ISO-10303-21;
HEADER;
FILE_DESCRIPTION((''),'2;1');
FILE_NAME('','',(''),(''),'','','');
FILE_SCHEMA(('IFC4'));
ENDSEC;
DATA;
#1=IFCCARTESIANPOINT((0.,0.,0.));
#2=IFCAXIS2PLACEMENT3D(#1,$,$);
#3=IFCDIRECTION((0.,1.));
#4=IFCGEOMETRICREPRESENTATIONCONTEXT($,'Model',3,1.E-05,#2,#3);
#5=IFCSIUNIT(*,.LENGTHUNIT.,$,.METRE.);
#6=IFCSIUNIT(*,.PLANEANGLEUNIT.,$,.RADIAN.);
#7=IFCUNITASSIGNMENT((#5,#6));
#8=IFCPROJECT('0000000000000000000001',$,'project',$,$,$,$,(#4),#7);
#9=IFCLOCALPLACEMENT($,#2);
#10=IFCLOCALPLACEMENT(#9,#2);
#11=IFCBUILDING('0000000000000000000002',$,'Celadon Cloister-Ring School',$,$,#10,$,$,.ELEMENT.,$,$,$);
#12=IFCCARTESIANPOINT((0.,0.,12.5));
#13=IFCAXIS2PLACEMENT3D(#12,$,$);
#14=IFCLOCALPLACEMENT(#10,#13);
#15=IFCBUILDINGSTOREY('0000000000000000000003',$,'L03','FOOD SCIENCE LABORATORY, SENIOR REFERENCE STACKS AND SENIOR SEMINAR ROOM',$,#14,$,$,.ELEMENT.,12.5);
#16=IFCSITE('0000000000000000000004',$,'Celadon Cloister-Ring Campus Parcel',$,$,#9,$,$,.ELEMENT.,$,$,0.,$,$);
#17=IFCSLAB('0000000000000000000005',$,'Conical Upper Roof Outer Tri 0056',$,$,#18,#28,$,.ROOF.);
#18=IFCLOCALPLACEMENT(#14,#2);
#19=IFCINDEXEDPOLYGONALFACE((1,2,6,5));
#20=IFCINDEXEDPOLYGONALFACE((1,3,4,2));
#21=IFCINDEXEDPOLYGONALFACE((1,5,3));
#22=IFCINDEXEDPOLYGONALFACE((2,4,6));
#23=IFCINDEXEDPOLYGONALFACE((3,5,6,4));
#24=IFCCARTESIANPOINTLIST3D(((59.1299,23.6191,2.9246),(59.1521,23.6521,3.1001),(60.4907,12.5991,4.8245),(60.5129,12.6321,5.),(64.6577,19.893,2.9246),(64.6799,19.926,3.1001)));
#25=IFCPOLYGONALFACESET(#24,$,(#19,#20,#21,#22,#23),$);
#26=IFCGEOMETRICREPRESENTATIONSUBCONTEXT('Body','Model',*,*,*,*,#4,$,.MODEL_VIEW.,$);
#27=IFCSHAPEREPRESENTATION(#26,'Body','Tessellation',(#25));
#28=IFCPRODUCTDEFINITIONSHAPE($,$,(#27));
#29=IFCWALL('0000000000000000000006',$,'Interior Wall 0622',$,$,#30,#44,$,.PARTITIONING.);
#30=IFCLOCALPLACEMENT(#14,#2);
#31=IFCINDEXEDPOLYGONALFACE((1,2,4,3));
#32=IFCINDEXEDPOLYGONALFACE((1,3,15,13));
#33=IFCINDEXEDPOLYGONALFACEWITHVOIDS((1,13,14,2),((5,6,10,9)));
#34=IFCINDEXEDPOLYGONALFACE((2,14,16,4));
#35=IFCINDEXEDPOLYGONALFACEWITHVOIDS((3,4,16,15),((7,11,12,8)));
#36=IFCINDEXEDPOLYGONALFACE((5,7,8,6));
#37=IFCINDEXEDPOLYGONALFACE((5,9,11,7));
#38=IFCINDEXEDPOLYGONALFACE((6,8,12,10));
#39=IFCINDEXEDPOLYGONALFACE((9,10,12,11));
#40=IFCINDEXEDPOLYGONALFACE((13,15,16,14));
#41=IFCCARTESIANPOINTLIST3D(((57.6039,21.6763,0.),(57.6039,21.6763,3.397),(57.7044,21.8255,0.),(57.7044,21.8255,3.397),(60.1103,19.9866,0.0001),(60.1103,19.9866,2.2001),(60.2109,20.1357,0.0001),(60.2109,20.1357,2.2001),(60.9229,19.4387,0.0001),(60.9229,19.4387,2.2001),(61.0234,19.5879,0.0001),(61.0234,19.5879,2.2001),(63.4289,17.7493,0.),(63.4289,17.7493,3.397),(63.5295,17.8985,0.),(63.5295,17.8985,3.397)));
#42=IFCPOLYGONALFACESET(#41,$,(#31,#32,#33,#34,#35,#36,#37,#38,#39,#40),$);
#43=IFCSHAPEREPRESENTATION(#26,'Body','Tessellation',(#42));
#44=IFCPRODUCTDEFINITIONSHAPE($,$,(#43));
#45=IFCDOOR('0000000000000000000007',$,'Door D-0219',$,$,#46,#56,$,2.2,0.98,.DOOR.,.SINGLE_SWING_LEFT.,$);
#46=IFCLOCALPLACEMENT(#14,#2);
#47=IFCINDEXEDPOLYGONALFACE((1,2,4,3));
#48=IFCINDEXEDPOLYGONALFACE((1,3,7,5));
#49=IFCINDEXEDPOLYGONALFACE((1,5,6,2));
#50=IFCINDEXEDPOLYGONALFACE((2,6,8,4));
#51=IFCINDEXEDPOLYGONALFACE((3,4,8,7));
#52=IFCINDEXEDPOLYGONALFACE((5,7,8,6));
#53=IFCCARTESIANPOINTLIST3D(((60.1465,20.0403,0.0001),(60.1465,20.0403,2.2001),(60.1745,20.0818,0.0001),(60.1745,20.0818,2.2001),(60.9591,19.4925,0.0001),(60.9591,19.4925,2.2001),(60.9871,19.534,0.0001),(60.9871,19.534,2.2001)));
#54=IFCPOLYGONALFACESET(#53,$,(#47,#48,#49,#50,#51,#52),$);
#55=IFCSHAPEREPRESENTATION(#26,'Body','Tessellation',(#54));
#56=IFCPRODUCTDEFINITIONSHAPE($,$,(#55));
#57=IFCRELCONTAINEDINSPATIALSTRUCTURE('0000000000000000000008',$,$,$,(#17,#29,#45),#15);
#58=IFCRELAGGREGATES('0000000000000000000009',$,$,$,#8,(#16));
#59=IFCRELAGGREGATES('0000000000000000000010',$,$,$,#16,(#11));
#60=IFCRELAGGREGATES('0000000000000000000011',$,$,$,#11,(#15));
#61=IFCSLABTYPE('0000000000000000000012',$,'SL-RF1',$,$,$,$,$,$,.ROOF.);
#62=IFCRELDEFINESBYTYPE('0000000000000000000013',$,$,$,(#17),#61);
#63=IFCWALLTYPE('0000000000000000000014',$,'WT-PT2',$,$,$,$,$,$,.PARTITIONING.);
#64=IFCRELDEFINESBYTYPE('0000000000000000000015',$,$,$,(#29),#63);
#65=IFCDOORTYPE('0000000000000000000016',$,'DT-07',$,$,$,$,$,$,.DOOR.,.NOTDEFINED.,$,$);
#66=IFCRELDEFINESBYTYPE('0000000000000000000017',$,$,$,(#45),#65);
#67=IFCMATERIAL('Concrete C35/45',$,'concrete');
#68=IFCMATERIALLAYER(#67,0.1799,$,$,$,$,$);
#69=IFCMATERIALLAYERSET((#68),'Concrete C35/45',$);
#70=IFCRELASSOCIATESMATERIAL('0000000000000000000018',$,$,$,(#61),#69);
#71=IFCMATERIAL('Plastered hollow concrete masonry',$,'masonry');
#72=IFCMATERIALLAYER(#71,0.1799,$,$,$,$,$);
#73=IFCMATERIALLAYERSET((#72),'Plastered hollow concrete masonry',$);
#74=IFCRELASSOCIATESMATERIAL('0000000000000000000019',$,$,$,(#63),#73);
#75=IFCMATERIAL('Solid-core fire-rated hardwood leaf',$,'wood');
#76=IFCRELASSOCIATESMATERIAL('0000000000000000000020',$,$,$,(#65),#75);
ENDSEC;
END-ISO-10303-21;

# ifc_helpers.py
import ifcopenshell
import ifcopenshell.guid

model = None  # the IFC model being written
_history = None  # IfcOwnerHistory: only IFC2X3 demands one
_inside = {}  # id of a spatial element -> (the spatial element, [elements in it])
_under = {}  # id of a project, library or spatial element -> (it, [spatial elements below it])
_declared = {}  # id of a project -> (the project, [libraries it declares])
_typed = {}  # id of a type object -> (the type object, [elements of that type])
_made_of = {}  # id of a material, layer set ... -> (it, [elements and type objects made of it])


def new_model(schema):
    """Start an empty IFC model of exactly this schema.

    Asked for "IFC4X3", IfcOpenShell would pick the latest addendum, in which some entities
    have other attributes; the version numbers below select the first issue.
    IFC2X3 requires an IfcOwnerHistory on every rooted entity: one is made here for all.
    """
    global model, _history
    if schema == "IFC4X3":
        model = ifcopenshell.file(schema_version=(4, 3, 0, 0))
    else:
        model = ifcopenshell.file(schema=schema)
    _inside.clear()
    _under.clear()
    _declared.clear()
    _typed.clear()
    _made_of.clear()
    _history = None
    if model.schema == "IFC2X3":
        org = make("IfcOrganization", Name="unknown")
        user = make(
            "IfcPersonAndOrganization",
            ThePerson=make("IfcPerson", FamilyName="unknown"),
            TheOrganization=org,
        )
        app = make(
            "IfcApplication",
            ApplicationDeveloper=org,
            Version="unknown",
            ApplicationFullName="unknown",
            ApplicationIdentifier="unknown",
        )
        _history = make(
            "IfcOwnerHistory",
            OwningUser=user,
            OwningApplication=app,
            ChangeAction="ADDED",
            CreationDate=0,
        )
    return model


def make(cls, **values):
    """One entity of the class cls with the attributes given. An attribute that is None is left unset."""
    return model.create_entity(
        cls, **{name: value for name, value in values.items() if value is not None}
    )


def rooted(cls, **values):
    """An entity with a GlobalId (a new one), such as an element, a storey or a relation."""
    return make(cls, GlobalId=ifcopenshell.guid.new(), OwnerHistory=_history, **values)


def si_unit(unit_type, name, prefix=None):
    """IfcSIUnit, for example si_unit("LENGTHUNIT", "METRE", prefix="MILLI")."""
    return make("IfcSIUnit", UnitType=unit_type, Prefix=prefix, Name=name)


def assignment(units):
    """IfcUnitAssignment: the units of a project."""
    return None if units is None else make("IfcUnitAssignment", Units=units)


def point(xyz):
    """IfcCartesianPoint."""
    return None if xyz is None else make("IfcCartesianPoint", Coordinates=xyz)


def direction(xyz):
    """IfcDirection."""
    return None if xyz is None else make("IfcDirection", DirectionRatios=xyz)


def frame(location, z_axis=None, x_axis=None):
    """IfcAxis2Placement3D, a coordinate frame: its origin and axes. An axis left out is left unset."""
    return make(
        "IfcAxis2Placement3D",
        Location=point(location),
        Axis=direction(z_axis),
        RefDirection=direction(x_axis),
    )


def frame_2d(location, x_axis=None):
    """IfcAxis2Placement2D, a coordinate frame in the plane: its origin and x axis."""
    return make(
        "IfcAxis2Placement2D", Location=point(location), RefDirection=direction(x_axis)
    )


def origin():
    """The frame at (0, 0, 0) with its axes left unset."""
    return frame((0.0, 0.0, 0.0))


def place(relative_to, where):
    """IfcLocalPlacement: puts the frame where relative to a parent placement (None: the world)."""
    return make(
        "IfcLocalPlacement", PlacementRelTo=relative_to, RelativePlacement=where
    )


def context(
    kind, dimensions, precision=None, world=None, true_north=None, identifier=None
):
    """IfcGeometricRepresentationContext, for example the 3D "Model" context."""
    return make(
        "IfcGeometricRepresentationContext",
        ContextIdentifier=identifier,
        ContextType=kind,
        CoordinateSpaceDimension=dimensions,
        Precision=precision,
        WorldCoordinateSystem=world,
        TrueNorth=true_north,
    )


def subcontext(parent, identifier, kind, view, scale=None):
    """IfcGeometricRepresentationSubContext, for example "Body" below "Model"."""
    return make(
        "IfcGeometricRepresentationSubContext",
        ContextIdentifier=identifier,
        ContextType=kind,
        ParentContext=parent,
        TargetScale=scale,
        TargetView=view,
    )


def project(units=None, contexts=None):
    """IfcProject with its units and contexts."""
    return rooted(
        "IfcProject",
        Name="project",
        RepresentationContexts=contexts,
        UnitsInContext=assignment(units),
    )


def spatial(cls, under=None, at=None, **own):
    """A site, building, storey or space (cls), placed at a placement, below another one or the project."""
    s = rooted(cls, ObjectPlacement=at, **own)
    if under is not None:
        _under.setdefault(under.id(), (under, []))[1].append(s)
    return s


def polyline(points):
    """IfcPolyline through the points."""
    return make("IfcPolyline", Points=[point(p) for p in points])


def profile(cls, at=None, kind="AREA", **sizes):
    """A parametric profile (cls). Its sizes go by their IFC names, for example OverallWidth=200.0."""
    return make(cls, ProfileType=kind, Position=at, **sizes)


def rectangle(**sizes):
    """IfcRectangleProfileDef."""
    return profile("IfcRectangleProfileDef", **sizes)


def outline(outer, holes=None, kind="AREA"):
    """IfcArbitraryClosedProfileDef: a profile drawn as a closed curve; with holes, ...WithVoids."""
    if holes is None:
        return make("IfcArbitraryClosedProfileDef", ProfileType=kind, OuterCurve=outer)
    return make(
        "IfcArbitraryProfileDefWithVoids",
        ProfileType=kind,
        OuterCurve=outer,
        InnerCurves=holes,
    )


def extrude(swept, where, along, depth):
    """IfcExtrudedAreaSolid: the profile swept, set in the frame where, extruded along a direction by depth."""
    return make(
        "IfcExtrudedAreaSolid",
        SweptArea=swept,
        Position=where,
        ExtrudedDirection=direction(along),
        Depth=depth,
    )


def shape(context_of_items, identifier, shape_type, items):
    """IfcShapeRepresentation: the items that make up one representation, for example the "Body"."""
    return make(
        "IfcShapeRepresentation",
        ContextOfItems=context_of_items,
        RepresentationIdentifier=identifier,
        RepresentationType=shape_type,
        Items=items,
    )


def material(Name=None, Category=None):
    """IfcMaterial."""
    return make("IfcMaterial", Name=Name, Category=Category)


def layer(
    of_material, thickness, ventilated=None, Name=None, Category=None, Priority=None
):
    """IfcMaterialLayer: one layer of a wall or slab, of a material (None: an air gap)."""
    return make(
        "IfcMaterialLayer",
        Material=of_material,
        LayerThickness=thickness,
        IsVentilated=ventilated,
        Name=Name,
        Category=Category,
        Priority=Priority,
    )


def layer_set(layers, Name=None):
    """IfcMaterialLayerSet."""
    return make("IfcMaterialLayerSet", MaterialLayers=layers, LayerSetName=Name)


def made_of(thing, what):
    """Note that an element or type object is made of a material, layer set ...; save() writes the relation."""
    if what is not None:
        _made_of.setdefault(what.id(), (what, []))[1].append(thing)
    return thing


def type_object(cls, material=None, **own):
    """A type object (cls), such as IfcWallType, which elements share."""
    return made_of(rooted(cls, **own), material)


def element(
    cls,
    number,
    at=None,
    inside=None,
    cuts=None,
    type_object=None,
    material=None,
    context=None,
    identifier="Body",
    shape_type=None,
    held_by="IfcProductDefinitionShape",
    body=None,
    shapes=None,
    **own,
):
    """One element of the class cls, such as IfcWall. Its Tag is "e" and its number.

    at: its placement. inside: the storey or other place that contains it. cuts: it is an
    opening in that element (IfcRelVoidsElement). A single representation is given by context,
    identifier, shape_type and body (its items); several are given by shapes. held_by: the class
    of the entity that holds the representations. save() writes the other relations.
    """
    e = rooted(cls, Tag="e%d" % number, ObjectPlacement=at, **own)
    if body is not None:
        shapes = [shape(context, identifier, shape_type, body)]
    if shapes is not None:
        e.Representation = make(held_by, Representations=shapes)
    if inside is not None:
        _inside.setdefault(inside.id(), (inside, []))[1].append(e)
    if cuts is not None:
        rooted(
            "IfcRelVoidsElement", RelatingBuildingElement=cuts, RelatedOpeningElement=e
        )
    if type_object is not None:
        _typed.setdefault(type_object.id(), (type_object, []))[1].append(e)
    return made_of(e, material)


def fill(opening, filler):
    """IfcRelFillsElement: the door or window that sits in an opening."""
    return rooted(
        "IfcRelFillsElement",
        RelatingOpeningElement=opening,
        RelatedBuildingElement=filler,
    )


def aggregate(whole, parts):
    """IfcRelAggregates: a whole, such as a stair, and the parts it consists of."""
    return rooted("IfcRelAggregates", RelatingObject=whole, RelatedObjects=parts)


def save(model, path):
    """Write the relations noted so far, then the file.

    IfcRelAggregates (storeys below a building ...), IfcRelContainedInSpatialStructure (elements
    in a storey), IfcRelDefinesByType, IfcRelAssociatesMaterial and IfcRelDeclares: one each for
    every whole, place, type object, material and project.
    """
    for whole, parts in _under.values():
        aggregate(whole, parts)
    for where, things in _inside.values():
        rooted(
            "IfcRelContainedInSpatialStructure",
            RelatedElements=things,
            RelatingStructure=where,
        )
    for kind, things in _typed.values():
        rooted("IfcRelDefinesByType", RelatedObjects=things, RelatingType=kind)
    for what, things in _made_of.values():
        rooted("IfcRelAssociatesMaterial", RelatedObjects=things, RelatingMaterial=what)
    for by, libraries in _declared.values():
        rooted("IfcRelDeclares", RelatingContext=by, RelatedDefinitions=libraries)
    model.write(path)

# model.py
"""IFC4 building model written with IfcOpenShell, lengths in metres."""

from ifc_helpers import new_model, si_unit, direction, frame, frame_2d, origin, place, context, subcontext, project, spatial, polyline, rectangle, outline, extrude, material, layer, layer_set, type_object, element, fill, save


model = new_model("IFC4")

# Units and contexts
model_context = context("Model", 3, precision=1e-05, world=origin(), true_north=direction((0.0, 1.0)))
body_context = subcontext(model_context, "Body", "Model", "MODEL_VIEW")
ifc_project = project(units=[si_unit("LENGTHUNIT", "METRE"), si_unit("PLANEANGLEUNIT", "RADIAN")], contexts=[model_context])

# Site, building, storey
site_placement = place(None, origin())
site = spatial("IfcSite", under=ifc_project, at=site_placement, Name="Celadon Cloister-Ring Campus Parcel", CompositionType="ELEMENT", RefElevation=0.0)
building_placement = place(site_placement, origin())
building = spatial("IfcBuilding", under=site, at=building_placement, Name="Celadon Cloister-Ring School", CompositionType="ELEMENT")
storey_placement = place(building_placement, frame((0.0, 0.0, 12.5)))
storey = spatial("IfcBuildingStorey", under=building, at=storey_placement, Name="L03", Description="FOOD SCIENCE LABORATORY, SENIOR REFERENCE STACKS AND SENIOR SEMINAR ROOM", CompositionType="ELEMENT", Elevation=12.5)

# Slab
ifc_material_1 = material(Name="Concrete C35/45", Category="concrete")
ifc_layer_1 = layer(ifc_material_1, 0.1799)
ifc_layer_set_1 = layer_set([ifc_layer_1], Name="Concrete C35/45")
slab_type = type_object("IfcSlabType", Name="SL-RF1", PredefinedType="ROOF", material=ifc_layer_set_1)
slab_1_placement = place(storey_placement, frame((59.1521, 23.6521, 3.1001), z_axis=(0.123623, 0.183401, 0.975234), x_axis=(0.120801, -0.978245, 0.168654)))
element("IfcSlab", 1, at=slab_1_placement, inside=storey, type_object=slab_type, Name="Conical Upper Roof Outer Tri 0056", PredefinedType="ROOF", context=body_context, shape_type="SweptSolid", body=[
    extrude(outline(polyline([(0.0, 0.0), (11.2651, 0.0), (4.3128, 5.0834), (0.0, 0.0)])), origin(), (0.0, 0.0, -1.0), 0.1799),
])

# Wall, opening, door
ifc_material_2 = material(Name="Plastered hollow concrete masonry", Category="masonry")
ifc_layer_2 = layer(ifc_material_2, 0.1799)
ifc_layer_set_2 = layer_set([ifc_layer_2], Name="Plastered hollow concrete masonry")
wall_type = type_object("IfcWallType", Name="WT-PT2", PredefinedType="PARTITIONING", material=ifc_layer_set_2)
wall_placement = place(storey_placement, frame((57.6541, 21.751, 0.0), z_axis=(0.0, 0.0, 1.0), x_axis=(0.829168, -0.558999, 0.0)))
wall = element("IfcWall", 2, at=wall_placement, inside=storey, type_object=wall_type, Name="Interior Wall 0622", PredefinedType="PARTITIONING", context=body_context, shape_type="SweptSolid", body=[
    extrude(rectangle(XDim=7.0251, YDim=0.1799, at=frame_2d((3.5127, 0.0))), origin(), (0.0, 0.0, 1.0), 3.397),
])
opening_placement = place(wall_placement, frame((3.0229, 0.0, 0.0)))
opening = element("IfcOpeningElement", 3, at=opening_placement, cuts=wall, PredefinedType="OPENING", context=body_context, shape_type="SweptSolid", body=[
    extrude(rectangle(XDim=0.98, YDim=2.2, at=frame_2d((0.49, 1.1001))), frame((0.0, 0.1001, 0.0), z_axis=(0.0, -1.0, 0.0), x_axis=(1.0, 0.0, 0.0)), (0.0, 0.0, 1.0), 0.2),
])
ifc_material_3 = material(Name="Solid-core fire-rated hardwood leaf", Category="wood")
door_type = type_object("IfcDoorType", Name="DT-07", OperationType="NOTDEFINED", PredefinedType="DOOR", material=ifc_material_3)
door_placement = place(opening_placement, origin())
door = element("IfcDoor", 4, at=door_placement, inside=storey, type_object=door_type, Name="Door D-0219", OperationType="SINGLE_SWING_LEFT", OverallHeight=2.2, OverallWidth=0.98, PredefinedType="DOOR", context=body_context, shape_type="SweptSolid", body=[
    extrude(rectangle(XDim=0.98, YDim=2.2, at=frame_2d((0.49, 1.1001))), frame((0.0, 0.0249, 0.0), z_axis=(0.0, -1.0, 0.0), x_axis=(1.0, 0.0, 0.0)), (0.0, 0.0, 1.0), 0.05),
])
fill(opening, door)

save(model, "model.ifc")
